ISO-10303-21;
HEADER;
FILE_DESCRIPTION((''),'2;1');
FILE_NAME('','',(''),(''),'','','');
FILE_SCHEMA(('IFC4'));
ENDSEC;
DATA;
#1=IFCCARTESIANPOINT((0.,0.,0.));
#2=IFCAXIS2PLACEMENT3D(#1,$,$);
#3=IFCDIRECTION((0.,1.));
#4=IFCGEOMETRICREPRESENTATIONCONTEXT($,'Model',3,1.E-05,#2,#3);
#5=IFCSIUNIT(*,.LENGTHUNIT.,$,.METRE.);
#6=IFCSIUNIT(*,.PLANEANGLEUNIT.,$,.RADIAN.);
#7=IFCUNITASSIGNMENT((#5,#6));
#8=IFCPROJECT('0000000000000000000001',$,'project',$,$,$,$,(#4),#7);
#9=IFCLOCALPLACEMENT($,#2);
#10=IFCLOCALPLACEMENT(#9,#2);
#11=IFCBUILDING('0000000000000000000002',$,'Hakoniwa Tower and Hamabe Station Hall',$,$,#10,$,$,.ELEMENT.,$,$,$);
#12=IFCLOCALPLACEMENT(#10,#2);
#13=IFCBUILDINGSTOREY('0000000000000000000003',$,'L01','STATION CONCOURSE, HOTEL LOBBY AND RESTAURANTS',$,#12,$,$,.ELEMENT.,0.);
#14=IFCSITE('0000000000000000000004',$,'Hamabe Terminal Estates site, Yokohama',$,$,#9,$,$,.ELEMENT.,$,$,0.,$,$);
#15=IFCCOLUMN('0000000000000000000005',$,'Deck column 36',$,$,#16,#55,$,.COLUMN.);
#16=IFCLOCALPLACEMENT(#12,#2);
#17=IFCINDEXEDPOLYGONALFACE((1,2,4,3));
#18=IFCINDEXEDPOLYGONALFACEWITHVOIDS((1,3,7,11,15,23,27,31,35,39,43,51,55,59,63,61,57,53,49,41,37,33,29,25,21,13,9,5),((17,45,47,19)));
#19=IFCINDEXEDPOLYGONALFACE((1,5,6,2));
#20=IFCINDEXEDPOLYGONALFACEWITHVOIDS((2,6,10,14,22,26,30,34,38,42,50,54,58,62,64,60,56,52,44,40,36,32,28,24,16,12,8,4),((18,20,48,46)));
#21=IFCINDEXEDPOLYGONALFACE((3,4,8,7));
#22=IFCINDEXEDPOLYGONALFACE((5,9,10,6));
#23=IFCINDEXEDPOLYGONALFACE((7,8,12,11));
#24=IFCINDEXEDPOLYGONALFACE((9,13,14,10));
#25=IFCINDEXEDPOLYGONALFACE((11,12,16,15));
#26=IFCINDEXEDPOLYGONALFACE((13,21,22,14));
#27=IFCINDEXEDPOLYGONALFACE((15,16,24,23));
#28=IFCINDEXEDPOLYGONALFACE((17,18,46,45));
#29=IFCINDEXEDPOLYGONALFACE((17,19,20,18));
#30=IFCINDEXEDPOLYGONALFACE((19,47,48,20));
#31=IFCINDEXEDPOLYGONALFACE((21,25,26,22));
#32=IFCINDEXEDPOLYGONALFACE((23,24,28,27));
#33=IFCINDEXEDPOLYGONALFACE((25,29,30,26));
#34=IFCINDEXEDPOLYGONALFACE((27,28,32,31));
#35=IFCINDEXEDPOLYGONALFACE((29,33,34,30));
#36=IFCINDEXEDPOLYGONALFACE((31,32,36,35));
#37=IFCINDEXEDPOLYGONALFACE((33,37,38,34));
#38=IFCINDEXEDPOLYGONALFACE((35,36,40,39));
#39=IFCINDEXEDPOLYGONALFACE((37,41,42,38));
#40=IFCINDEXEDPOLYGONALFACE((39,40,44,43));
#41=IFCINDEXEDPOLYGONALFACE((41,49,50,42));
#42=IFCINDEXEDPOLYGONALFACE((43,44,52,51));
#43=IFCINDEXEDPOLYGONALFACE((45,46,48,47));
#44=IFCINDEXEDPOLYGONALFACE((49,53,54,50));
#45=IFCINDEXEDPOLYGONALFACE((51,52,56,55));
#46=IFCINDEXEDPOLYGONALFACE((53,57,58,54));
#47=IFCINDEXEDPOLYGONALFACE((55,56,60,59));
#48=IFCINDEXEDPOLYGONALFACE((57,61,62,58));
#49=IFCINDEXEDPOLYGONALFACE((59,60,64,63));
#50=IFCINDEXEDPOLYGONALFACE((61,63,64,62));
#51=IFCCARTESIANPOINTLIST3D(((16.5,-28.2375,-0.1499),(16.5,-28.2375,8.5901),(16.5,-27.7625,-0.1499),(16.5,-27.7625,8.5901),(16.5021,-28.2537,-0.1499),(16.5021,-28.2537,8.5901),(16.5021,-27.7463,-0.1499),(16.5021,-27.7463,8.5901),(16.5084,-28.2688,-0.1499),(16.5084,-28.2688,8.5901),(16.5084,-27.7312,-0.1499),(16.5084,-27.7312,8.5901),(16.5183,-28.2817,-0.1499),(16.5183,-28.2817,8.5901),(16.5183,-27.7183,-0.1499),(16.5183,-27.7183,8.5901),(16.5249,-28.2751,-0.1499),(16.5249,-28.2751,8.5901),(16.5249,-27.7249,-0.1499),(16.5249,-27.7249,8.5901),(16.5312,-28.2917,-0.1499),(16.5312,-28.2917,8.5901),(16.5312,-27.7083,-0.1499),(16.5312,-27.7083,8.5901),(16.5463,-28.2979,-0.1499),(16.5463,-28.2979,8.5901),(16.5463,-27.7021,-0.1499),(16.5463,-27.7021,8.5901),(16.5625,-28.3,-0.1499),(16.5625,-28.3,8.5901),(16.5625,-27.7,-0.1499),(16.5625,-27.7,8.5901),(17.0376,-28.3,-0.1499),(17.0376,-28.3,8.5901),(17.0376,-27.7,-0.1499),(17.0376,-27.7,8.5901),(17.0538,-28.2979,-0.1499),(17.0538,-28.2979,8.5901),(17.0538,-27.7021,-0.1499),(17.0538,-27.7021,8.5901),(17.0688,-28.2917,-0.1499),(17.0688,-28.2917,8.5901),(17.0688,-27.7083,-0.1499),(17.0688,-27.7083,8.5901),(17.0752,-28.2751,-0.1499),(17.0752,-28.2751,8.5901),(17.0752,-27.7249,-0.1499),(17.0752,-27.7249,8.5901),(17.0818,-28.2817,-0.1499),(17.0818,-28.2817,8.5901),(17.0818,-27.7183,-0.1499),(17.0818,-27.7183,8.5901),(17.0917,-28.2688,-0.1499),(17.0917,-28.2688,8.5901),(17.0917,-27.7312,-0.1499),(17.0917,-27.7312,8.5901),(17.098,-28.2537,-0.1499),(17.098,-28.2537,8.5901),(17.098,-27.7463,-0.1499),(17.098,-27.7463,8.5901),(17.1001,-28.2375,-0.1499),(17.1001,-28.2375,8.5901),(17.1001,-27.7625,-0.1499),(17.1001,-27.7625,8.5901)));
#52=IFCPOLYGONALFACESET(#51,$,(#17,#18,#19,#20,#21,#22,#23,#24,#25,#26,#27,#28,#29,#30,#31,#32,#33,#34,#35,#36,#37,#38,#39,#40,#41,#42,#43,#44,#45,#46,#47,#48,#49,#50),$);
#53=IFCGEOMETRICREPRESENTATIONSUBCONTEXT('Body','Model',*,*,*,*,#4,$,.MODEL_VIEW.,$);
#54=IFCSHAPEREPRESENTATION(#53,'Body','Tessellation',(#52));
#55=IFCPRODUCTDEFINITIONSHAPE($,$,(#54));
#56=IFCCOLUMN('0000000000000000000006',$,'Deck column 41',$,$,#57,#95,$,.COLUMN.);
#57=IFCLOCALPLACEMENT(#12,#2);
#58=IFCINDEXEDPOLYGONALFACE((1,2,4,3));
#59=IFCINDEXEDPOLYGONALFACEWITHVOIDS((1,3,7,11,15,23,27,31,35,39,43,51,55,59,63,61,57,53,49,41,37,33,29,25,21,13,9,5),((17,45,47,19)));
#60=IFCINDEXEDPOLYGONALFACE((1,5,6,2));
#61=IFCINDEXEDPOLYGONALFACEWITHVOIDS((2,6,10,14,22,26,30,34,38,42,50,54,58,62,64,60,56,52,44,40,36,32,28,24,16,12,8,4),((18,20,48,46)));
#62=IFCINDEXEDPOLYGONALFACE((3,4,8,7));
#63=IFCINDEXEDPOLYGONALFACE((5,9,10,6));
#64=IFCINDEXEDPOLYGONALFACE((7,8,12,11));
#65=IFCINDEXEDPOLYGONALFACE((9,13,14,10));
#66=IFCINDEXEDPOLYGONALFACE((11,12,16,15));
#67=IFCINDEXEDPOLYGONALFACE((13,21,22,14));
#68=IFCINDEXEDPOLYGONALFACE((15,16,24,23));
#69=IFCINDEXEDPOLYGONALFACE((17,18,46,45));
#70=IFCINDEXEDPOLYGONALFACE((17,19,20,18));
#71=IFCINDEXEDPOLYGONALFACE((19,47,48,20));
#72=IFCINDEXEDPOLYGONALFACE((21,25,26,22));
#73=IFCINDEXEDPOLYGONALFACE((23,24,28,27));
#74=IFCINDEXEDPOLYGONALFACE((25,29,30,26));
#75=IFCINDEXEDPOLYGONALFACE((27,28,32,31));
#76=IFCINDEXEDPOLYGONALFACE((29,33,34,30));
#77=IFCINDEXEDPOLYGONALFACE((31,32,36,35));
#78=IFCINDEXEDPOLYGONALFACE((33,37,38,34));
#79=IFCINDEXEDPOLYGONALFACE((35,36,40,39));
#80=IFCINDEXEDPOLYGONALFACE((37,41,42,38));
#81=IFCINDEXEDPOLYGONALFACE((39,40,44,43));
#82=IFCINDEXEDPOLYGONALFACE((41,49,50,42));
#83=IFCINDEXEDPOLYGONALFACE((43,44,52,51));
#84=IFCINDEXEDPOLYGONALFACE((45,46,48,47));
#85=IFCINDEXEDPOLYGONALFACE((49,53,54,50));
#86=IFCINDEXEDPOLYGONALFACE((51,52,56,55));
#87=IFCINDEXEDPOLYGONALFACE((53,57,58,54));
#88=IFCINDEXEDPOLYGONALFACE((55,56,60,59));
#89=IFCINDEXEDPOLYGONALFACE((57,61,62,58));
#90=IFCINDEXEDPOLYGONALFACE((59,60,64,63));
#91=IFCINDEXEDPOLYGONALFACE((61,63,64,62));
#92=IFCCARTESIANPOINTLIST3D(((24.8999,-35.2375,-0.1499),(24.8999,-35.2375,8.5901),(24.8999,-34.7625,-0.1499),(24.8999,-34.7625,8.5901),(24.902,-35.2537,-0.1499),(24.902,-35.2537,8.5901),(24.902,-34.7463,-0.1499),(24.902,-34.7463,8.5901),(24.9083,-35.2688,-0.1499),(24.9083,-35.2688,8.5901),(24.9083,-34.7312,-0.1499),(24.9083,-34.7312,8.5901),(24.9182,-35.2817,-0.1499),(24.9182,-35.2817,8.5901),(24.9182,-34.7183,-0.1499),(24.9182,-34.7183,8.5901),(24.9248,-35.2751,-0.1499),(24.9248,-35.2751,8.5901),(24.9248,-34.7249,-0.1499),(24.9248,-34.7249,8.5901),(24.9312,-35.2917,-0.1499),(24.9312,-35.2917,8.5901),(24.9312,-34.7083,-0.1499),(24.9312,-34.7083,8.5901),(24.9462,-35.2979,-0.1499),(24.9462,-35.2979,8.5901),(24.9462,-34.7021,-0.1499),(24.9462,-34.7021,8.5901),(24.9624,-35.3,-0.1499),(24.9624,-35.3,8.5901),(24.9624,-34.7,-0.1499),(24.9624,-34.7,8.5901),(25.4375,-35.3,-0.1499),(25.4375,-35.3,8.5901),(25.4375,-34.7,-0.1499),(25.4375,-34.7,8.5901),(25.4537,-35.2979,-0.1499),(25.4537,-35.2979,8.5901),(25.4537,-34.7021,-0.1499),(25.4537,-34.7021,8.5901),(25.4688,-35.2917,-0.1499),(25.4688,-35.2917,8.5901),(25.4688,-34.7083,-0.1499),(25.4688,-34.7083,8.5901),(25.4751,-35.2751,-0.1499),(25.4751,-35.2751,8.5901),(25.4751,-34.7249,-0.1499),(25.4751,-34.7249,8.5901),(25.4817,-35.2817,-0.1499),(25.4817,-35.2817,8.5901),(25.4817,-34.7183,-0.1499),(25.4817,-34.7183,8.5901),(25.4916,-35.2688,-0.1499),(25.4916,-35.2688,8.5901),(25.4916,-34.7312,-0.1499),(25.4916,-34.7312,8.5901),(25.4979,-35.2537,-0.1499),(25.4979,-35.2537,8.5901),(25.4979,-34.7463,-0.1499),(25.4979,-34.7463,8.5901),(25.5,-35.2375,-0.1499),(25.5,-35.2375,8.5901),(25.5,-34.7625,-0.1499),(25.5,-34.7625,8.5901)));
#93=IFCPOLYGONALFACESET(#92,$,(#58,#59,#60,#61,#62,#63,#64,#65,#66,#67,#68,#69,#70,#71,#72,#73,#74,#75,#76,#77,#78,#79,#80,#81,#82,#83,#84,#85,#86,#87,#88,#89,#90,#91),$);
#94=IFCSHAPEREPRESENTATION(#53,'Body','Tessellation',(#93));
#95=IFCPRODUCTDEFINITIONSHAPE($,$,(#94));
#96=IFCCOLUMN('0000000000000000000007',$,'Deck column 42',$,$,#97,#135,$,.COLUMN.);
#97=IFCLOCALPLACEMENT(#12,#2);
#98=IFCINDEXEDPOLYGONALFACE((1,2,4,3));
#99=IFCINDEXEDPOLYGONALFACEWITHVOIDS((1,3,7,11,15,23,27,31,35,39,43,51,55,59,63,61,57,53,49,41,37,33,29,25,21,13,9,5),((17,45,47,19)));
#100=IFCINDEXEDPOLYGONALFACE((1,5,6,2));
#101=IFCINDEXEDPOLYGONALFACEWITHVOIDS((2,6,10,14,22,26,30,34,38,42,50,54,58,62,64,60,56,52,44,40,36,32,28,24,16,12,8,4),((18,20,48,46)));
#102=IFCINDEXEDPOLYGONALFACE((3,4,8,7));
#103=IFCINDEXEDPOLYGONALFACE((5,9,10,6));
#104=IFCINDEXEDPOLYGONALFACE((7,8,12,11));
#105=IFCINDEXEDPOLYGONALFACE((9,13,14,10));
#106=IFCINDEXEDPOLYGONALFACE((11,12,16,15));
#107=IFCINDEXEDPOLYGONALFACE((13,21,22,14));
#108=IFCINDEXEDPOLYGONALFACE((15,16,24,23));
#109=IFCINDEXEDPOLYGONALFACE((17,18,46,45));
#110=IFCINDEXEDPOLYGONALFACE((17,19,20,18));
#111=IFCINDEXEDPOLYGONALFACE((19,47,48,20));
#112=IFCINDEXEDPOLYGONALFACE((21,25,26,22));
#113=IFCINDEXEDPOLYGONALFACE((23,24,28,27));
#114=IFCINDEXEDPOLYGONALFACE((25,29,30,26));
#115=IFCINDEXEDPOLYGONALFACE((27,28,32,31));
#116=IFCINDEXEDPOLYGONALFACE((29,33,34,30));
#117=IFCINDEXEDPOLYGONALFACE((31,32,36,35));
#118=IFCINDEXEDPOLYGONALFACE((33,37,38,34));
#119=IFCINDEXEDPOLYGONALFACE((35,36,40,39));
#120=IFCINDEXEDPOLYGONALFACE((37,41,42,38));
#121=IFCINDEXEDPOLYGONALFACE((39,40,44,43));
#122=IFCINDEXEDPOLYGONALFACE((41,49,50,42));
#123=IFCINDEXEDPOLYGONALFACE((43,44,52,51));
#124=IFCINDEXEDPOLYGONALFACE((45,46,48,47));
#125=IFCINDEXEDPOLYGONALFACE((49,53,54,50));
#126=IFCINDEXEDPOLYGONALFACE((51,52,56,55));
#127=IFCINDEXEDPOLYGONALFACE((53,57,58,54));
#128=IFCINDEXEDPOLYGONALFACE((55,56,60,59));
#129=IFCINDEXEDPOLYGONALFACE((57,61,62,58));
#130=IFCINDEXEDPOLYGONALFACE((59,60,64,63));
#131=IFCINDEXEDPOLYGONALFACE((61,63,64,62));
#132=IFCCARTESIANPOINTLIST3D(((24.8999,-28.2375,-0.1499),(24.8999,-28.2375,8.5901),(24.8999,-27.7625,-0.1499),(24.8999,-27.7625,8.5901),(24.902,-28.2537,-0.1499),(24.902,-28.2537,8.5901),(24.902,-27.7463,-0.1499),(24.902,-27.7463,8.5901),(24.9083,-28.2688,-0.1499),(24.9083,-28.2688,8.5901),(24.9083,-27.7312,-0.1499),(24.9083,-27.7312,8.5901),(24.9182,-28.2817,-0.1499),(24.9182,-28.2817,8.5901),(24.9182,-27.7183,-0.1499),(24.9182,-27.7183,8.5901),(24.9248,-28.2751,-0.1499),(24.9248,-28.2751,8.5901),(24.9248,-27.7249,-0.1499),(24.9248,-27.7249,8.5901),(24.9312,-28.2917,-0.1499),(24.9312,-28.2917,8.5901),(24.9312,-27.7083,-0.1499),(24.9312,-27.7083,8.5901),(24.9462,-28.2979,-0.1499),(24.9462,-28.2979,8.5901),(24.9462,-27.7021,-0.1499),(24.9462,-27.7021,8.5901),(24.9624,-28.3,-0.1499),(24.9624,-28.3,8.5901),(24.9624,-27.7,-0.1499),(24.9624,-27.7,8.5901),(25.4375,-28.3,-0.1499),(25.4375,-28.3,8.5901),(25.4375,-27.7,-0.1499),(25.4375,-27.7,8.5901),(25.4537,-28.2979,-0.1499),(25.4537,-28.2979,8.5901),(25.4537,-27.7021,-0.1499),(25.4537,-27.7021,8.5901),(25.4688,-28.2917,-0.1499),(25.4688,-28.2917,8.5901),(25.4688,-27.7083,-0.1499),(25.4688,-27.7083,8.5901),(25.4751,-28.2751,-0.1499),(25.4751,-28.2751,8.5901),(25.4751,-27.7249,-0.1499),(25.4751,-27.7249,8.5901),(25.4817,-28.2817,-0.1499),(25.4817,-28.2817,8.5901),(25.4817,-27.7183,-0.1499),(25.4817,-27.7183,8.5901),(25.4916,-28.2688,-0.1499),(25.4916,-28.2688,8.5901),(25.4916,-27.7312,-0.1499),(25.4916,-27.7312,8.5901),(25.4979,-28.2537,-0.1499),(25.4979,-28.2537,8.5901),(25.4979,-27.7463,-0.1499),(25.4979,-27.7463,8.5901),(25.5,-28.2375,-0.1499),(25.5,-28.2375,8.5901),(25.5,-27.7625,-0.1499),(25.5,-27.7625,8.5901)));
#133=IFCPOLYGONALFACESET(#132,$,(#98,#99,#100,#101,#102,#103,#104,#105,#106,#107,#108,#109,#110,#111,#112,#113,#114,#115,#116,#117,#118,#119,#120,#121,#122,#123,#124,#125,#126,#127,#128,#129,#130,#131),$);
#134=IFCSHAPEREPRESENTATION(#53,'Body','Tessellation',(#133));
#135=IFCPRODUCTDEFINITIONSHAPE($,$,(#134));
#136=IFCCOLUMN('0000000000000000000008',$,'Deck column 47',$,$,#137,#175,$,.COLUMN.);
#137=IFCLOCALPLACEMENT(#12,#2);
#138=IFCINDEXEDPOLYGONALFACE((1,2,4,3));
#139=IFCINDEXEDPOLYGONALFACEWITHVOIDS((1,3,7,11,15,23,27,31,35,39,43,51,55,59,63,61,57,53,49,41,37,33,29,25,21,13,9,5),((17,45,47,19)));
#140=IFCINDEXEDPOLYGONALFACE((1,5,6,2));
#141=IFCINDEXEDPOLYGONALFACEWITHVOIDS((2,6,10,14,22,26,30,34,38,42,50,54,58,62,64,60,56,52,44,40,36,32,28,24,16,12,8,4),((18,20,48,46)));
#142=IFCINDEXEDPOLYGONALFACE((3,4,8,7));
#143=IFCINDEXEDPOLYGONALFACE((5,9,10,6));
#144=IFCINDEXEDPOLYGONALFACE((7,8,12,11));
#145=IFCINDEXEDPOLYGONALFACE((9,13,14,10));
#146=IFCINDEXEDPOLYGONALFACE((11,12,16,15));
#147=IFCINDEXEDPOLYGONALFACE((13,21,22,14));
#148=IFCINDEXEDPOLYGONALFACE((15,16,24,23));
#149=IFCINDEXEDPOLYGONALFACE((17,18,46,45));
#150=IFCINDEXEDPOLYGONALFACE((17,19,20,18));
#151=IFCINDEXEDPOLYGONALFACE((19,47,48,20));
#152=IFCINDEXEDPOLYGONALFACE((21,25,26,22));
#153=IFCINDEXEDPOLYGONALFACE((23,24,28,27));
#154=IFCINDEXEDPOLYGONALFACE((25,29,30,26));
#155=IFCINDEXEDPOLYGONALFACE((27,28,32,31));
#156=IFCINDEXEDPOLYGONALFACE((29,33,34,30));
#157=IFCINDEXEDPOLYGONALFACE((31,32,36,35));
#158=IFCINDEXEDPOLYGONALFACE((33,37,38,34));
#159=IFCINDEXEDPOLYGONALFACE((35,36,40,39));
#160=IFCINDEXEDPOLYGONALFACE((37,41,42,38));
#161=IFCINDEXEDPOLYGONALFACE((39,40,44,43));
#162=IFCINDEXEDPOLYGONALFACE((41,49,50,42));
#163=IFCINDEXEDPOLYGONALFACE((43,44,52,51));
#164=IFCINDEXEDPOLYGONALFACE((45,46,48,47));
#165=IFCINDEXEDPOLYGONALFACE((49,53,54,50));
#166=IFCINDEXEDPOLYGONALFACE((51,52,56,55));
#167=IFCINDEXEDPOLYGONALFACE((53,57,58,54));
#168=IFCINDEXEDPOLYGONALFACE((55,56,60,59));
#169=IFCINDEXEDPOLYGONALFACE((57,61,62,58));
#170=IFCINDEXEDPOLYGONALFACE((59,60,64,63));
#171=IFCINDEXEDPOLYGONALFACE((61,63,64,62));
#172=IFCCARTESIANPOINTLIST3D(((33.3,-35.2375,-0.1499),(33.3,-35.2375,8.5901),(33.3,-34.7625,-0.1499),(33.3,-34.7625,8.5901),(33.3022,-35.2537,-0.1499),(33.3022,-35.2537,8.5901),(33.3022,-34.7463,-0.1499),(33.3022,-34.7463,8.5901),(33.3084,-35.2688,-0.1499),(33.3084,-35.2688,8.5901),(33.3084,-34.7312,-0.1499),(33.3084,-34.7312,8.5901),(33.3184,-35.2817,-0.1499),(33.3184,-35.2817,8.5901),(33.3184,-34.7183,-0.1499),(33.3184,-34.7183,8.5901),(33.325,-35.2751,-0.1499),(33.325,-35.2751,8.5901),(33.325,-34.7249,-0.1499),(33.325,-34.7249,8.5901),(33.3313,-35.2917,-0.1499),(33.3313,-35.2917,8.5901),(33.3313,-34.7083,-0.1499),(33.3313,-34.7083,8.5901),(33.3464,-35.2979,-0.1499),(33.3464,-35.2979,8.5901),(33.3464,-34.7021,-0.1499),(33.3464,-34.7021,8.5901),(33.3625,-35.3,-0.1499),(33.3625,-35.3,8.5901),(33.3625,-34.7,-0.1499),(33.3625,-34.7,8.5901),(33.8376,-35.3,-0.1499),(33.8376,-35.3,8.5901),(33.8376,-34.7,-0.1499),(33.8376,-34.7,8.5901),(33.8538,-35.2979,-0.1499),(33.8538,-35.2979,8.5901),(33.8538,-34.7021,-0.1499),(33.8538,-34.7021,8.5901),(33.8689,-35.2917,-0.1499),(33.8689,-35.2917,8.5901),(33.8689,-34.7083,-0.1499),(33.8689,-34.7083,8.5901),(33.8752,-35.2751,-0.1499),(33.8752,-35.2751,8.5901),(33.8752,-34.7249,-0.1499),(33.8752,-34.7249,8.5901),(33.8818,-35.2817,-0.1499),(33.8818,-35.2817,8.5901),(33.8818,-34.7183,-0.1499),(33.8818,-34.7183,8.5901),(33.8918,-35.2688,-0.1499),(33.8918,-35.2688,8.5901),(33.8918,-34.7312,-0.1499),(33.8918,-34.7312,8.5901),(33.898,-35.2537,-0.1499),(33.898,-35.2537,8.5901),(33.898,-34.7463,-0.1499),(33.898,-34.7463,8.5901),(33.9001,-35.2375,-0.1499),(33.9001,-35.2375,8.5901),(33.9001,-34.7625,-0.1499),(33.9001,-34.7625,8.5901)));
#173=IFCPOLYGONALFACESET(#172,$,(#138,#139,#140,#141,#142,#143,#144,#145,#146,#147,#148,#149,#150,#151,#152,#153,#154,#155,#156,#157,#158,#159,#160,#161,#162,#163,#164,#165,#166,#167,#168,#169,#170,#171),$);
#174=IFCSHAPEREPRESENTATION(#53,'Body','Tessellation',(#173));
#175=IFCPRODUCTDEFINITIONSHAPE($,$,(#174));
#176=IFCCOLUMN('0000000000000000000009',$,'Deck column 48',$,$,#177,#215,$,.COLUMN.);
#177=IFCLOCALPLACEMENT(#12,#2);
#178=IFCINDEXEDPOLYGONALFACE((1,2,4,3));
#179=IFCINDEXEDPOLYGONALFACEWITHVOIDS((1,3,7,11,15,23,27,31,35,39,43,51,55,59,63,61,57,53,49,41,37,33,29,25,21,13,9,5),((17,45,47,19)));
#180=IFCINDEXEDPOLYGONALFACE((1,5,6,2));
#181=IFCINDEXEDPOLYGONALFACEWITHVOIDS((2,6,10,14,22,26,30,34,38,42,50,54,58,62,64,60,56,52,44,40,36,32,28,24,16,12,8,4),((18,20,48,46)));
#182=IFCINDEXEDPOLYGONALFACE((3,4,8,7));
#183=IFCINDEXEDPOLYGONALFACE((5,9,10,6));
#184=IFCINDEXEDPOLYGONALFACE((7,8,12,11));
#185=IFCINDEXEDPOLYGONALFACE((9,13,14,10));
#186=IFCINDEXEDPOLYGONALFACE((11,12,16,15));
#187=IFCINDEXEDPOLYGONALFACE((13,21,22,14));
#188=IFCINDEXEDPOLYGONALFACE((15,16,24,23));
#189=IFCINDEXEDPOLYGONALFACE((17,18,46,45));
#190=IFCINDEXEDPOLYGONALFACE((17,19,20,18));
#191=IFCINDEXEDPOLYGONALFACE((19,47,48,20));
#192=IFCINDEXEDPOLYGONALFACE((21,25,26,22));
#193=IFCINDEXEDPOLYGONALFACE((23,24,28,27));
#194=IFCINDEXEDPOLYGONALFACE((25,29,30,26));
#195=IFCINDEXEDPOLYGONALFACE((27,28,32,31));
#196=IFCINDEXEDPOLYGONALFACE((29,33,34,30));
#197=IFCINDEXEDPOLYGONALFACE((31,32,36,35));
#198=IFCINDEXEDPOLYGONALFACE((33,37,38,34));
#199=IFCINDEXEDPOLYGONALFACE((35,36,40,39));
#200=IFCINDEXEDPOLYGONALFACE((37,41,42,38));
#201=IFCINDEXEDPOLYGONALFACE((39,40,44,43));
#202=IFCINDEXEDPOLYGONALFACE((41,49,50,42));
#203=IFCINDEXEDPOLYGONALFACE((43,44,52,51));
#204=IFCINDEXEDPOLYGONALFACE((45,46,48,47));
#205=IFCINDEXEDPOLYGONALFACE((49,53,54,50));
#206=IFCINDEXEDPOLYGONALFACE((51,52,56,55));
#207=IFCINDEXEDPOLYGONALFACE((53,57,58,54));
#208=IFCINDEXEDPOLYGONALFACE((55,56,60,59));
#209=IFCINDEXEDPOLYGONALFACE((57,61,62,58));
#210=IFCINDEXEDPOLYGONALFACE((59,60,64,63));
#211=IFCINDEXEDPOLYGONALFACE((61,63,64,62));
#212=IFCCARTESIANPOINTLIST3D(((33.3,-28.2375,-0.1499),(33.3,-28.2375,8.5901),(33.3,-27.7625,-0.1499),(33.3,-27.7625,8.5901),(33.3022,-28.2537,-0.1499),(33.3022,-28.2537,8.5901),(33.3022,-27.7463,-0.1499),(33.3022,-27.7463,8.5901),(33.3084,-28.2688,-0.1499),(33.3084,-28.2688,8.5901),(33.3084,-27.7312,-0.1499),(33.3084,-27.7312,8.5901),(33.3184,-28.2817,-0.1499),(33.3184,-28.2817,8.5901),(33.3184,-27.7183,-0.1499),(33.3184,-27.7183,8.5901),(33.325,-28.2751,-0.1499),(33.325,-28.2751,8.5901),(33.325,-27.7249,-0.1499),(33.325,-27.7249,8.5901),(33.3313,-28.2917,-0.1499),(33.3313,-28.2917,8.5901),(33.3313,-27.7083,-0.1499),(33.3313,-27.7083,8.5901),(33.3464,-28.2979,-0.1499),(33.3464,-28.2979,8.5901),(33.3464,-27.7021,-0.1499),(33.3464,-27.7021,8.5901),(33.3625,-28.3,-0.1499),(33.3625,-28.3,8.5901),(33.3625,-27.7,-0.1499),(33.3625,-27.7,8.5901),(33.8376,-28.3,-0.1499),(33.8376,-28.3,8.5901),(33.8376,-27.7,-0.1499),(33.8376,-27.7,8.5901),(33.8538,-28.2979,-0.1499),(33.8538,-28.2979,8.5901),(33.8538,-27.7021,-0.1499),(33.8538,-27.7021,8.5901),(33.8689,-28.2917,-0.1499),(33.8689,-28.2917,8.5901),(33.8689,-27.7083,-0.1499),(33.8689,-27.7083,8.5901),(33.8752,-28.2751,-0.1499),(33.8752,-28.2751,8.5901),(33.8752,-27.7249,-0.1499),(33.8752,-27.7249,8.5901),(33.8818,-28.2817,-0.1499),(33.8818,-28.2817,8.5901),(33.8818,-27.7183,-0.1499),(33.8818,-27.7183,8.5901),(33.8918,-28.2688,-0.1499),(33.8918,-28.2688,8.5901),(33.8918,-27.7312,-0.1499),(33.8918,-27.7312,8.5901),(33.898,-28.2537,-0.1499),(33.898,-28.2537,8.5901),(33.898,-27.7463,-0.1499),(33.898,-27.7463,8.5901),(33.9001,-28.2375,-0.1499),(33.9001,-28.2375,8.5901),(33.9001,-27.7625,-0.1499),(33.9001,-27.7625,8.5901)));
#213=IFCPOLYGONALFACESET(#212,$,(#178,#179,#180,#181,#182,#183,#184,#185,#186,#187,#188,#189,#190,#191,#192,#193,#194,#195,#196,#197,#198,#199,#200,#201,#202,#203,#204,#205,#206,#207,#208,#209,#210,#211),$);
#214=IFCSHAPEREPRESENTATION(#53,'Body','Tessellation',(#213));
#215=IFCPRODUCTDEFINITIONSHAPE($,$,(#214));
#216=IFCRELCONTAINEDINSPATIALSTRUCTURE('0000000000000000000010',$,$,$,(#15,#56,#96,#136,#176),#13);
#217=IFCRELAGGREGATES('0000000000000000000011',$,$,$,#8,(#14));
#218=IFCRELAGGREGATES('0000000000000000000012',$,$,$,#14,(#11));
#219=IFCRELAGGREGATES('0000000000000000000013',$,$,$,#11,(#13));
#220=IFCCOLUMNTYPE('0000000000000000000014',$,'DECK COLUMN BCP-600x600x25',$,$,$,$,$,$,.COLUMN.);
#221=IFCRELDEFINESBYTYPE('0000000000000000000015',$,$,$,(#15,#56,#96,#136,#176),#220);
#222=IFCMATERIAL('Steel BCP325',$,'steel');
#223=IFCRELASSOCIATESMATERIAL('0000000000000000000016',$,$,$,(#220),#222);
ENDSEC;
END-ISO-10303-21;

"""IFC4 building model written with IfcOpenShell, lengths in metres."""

from ifc_helpers import new_model, si_unit, direction, frame, origin, origin_2d, place, context, subcontext, project, spatial, hollow_rectangle, extrude, material, material_profile, profile_set, type_object, element, save


model = new_model("IFC4")

# Units and contexts
model_context = context("Model", 3, precision=1e-05, world=origin(), true_north=direction((0.0, 1.0)))
body_context = subcontext(model_context, "Body", "Model", "MODEL_VIEW")
ifc_project = project(units=[si_unit("LENGTHUNIT", "METRE"), si_unit("PLANEANGLEUNIT", "RADIAN")], contexts=[model_context])

# Site, building, storey
site_placement = place(None, origin())
site = spatial("IfcSite", under=ifc_project, at=site_placement, Name="Hamabe Terminal Estates site, Yokohama", CompositionType="ELEMENT", RefElevation=0.0)
building_placement = place(site_placement, origin())
building = spatial("IfcBuilding", under=site, at=building_placement, Name="Hakoniwa Tower and Hamabe Station Hall", CompositionType="ELEMENT")
storey_placement = place(building_placement, origin())
storey = spatial("IfcBuildingStorey", under=building, at=storey_placement, Name="L01", Description="STATION CONCOURSE, HOTEL LOBBY AND RESTAURANTS", CompositionType="ELEMENT", Elevation=0.0)

# Columns
ifc_material_1 = material(Name="Steel BCP325", Category="steel")
ifc_material_profile_1 = material_profile(ifc_material_1, hollow_rectangle(XDim=0.6001, YDim=0.6001, WallThickness=0.0249, OuterFilletRadius=0.0625, at=origin_2d()), Name="DECK COLUMN BCP-600x600x25")
ifc_profile_set_1 = profile_set([ifc_material_profile_1], Name="Steel BCP325")
column_type_1 = type_object("IfcColumnType", Name="DECK COLUMN BCP-600x600x25", PredefinedType="COLUMN", material=ifc_profile_set_1)
for number, where, z_axis, x_axis, name in (
    (1, (16.8, -28.0, -0.1499), (0.0, 0.0, 1.0), (1.0, 0.0, 0.0), "Deck column 36"),
    (2, (25.2, -35.0, -0.1499), (0.0, 0.0, 1.0), (1.0, 0.0, 0.0), "Deck column 41"),
    (3, (25.2, -28.0, -0.1499), (0.0, 0.0, 1.0), (1.0, 0.0, 0.0), "Deck column 42"),
    (4, (33.6001, -35.0, -0.1499), (0.0, 0.0, 1.0), (1.0, 0.0, 0.0), "Deck column 47"),
    (5, (33.6001, -28.0, -0.1499), (0.0, 0.0, 1.0), (1.0, 0.0, 0.0), "Deck column 48"),
):
    element("IfcColumn", number, at=place(storey_placement, frame(where, z_axis=z_axis, x_axis=x_axis)), inside=storey, type_object=column_type_1, Name=name, PredefinedType="COLUMN", context=body_context, shape_type="SweptSolid", body=[
        extrude(hollow_rectangle(XDim=0.6001, YDim=0.6001, WallThickness=0.0249, OuterFilletRadius=0.0625, at=origin_2d()), origin(), (0.0, 0.0, 1.0), 8.74),
    ])

save(model, "model.ifc")
